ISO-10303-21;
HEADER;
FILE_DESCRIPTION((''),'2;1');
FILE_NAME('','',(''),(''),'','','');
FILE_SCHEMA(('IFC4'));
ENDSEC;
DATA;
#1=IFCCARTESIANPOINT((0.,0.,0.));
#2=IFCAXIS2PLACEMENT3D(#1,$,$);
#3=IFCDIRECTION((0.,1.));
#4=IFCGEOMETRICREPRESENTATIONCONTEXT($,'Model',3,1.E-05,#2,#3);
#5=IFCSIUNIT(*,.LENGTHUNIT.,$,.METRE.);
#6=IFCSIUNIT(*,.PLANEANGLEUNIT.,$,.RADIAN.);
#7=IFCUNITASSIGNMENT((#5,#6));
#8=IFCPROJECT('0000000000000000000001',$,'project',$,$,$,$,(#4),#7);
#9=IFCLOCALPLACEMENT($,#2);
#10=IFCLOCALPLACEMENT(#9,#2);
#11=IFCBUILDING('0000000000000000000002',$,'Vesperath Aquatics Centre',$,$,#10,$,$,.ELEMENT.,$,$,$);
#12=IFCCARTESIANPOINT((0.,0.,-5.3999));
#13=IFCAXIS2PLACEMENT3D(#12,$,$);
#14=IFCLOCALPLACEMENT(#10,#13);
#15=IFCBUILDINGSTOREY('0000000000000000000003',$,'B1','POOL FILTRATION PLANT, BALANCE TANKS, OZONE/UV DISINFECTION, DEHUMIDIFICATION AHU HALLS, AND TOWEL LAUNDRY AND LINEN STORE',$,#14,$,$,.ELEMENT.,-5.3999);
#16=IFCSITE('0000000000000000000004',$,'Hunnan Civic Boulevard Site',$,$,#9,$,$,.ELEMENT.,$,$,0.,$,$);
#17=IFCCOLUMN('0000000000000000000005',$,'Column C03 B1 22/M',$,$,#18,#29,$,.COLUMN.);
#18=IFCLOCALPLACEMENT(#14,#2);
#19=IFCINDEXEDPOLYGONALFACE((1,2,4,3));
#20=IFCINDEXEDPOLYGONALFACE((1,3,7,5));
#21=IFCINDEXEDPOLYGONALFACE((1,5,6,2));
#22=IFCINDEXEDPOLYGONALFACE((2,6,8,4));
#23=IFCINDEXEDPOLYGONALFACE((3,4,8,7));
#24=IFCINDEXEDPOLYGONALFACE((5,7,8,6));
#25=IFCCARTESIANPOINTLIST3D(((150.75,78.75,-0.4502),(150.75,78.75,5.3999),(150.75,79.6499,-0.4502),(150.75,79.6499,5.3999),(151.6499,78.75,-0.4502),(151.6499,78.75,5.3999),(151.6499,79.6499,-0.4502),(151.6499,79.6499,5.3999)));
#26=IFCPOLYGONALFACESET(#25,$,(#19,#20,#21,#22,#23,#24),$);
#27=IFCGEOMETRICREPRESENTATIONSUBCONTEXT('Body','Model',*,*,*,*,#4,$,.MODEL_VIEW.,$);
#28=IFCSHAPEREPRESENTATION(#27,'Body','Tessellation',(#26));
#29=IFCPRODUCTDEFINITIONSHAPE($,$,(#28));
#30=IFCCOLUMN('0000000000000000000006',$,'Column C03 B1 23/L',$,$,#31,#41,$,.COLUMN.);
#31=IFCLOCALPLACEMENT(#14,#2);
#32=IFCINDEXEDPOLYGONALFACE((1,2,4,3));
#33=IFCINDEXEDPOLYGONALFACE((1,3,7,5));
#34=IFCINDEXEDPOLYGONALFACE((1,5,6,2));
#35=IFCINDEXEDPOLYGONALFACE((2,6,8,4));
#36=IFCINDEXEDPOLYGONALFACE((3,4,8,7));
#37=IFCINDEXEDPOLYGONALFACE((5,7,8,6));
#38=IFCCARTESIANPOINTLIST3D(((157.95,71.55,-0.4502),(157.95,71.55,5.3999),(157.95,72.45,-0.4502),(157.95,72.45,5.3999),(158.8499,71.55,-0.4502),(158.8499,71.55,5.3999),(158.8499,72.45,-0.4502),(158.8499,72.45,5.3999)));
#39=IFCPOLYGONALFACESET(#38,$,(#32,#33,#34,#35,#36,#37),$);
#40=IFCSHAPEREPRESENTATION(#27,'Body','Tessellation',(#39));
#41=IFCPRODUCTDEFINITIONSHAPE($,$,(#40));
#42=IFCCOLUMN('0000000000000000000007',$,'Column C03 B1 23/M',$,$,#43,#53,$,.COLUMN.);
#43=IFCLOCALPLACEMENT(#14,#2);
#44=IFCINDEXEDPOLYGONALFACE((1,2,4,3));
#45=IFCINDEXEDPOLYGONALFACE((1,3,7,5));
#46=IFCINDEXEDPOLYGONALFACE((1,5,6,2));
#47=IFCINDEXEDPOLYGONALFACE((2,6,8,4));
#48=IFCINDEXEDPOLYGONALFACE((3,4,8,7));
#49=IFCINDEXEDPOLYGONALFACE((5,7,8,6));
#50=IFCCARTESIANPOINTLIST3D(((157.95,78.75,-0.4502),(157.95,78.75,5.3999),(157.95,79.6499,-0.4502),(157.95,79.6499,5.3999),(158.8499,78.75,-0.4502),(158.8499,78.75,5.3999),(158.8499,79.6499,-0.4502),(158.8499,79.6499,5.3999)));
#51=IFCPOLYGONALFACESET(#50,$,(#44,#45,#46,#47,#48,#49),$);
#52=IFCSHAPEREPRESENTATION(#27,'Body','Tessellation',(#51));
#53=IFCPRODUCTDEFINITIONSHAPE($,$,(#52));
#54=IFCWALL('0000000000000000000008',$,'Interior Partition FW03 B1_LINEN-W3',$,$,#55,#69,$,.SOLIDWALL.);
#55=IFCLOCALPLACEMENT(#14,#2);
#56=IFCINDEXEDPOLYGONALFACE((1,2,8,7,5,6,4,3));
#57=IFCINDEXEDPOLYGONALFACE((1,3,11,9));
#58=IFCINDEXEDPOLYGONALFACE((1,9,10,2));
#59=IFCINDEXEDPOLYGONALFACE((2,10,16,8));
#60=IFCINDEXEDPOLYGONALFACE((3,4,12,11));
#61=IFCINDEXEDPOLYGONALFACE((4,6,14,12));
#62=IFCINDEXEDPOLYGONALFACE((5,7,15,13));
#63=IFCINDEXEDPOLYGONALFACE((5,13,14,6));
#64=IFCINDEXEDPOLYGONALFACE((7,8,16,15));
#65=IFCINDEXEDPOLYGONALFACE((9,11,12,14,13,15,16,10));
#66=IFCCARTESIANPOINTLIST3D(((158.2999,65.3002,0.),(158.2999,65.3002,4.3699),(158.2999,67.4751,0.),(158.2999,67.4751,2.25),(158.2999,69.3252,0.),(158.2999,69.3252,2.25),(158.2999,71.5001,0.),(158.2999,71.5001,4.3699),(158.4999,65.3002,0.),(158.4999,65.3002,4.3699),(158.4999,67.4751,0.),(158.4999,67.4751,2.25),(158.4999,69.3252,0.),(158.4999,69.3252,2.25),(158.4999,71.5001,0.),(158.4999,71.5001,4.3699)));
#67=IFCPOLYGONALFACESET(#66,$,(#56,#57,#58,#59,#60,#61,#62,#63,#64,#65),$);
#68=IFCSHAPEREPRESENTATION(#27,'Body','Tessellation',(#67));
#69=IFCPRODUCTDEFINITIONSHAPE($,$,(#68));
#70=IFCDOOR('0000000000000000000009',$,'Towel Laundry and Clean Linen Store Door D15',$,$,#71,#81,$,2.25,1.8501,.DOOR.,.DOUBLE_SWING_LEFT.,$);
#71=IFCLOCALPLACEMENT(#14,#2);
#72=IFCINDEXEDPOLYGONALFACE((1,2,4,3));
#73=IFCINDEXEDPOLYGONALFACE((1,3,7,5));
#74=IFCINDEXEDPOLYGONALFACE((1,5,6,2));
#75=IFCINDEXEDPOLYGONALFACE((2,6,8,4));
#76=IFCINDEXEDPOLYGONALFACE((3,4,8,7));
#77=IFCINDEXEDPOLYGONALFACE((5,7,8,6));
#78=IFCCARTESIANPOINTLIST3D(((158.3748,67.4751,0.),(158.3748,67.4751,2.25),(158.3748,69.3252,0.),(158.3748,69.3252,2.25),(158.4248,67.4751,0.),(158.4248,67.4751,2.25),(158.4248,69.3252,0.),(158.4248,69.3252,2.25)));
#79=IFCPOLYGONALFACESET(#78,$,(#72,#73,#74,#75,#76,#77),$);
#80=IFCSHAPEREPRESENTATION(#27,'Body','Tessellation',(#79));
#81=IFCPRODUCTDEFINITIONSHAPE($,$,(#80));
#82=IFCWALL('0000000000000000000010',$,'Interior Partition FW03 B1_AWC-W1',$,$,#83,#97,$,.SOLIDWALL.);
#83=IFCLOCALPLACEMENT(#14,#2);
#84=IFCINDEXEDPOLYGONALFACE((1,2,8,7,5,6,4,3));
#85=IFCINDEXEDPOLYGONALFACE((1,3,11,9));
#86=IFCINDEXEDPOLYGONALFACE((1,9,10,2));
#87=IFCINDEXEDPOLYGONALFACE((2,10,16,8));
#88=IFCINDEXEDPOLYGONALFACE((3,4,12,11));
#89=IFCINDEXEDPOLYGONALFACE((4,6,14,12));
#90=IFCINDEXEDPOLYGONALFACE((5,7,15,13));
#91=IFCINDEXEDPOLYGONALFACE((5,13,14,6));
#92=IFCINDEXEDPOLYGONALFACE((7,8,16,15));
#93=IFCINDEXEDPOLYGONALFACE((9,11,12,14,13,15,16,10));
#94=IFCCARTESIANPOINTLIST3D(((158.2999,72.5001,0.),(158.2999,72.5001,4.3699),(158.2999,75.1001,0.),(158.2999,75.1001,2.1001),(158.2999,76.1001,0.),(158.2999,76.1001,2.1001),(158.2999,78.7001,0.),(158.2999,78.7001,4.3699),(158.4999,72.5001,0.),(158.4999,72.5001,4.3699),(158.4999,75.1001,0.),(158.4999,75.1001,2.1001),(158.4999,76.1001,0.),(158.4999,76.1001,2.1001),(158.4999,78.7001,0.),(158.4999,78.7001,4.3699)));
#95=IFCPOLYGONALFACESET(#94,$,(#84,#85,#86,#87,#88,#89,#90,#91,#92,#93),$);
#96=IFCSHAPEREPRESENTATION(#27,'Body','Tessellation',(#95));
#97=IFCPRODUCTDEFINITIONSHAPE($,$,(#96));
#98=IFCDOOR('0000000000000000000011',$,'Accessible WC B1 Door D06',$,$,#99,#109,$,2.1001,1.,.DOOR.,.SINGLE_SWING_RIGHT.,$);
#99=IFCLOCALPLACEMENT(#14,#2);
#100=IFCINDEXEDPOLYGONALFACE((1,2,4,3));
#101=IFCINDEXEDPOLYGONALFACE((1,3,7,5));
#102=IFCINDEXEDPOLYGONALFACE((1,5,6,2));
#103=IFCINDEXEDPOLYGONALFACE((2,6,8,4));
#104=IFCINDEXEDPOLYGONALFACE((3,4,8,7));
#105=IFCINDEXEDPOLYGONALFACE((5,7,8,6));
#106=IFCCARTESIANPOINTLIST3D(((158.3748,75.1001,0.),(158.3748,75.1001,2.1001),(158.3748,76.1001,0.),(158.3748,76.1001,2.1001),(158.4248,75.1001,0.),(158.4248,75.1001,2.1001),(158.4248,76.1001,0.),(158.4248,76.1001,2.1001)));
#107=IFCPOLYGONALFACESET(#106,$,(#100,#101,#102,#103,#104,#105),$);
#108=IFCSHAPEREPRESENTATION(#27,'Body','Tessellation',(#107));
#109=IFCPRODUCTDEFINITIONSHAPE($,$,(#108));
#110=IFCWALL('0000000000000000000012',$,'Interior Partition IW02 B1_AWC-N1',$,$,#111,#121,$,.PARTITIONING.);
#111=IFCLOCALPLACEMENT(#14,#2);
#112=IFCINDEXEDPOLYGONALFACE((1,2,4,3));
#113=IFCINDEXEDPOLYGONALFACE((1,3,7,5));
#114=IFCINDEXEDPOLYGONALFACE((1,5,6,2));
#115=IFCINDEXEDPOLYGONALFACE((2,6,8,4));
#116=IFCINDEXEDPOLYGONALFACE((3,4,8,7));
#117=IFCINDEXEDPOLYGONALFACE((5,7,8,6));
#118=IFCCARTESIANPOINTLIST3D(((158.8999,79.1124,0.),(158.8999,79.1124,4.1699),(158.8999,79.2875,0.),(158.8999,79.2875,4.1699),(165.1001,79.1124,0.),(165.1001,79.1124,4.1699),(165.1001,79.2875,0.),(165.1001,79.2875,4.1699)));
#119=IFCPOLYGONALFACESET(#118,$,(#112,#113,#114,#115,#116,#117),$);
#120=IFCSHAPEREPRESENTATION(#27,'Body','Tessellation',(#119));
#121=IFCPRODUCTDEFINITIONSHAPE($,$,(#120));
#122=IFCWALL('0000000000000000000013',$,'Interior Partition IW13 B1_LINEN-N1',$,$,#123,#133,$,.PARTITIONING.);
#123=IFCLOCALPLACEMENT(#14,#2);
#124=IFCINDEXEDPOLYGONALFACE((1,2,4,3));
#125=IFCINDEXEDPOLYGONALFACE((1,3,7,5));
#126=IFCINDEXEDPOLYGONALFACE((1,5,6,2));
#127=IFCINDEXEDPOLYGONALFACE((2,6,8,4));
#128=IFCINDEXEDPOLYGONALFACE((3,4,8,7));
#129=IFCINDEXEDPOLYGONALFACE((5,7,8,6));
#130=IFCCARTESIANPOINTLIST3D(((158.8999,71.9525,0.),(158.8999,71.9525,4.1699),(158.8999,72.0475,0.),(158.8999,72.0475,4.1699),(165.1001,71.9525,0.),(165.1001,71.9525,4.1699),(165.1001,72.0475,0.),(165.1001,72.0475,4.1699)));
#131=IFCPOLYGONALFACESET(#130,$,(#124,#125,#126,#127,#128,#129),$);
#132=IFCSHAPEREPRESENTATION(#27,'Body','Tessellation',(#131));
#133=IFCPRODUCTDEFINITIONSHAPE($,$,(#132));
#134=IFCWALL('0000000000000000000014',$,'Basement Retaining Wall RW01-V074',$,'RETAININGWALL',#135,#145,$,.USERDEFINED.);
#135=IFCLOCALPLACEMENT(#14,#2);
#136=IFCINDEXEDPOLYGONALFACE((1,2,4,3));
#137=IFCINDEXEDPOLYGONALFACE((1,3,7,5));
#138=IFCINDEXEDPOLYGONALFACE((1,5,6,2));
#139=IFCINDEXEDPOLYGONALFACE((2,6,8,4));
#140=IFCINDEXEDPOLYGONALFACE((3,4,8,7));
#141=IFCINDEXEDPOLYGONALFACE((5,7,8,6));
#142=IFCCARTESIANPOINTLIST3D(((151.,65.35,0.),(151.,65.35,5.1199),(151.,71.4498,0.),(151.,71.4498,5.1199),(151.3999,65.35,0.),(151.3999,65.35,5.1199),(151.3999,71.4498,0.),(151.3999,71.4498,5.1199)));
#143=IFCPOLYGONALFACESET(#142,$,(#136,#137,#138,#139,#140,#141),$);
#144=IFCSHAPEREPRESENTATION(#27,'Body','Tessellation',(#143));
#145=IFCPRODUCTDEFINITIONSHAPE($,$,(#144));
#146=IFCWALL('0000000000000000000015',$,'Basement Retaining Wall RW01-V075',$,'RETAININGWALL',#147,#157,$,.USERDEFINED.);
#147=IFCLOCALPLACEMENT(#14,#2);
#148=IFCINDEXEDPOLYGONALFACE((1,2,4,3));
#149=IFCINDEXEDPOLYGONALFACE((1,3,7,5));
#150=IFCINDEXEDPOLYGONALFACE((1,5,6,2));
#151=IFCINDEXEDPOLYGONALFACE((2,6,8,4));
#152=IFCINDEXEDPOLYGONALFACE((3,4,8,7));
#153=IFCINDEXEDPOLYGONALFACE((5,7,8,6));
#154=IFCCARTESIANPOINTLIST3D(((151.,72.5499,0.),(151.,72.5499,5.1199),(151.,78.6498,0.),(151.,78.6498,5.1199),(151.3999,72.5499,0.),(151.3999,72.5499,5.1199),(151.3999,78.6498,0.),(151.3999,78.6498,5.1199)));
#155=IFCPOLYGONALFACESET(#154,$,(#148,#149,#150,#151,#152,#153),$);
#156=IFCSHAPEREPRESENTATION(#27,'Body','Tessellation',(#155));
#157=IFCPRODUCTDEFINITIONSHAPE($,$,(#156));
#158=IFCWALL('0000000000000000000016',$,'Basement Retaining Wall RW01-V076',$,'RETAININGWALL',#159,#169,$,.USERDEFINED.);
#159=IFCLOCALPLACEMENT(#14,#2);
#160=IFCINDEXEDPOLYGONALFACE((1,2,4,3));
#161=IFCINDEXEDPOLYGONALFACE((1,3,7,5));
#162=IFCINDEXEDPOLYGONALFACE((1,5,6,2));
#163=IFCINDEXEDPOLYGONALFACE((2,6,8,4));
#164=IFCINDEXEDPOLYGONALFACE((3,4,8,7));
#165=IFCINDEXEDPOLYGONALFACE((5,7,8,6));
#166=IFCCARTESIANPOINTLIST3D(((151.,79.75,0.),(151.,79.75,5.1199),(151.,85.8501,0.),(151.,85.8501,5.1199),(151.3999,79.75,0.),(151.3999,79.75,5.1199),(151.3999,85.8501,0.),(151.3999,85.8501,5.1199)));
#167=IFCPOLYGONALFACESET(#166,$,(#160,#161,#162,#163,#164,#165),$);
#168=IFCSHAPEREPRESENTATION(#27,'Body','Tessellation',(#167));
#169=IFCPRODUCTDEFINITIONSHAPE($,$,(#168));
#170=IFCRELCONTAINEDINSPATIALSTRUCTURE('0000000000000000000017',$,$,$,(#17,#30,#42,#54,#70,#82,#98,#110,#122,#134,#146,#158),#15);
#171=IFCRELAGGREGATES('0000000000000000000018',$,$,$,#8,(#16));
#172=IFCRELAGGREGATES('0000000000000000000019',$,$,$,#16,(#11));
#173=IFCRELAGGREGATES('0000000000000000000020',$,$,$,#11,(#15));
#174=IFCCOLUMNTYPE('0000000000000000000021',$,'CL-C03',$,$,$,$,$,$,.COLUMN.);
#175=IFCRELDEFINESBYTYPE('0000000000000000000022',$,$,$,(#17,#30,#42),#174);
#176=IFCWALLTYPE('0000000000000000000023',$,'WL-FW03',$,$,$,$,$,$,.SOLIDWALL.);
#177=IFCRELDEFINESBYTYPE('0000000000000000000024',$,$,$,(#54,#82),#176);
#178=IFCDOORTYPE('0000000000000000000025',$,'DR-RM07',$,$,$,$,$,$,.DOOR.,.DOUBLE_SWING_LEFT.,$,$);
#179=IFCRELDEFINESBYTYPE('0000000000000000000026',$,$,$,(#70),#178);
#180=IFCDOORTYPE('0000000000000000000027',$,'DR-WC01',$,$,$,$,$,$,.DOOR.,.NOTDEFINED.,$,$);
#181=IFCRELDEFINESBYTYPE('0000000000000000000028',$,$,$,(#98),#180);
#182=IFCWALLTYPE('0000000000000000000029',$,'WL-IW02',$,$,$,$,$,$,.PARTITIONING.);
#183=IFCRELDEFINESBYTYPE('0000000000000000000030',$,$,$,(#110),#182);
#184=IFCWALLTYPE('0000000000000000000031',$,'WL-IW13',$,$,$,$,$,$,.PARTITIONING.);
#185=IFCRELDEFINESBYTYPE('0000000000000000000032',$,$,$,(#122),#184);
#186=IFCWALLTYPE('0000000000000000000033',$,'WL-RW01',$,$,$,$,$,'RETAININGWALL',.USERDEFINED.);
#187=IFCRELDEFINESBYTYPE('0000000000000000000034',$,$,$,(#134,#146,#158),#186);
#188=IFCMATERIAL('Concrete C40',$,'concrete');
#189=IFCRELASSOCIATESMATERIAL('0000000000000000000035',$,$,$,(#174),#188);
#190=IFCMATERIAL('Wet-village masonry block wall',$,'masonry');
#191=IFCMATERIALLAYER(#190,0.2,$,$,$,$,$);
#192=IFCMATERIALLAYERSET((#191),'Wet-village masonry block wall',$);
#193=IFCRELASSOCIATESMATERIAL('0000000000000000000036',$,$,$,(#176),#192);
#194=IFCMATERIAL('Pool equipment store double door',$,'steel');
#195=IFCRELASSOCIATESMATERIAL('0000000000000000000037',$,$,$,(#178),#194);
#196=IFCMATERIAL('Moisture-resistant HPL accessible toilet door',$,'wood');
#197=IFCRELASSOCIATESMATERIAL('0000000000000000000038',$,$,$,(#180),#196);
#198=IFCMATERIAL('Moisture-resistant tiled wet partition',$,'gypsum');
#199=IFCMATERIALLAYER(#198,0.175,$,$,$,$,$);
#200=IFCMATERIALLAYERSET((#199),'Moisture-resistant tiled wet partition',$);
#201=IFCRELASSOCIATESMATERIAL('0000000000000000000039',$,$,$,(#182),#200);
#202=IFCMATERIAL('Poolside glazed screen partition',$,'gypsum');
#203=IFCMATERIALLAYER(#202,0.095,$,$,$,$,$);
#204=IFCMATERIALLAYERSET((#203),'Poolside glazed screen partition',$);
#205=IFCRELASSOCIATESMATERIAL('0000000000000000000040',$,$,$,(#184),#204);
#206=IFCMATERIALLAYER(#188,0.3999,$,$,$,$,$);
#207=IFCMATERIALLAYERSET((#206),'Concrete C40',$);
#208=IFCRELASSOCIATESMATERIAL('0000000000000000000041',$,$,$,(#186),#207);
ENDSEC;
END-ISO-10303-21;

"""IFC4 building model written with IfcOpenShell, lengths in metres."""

from ifc_helpers import new_model, si_unit, direction, frame, frame_2d, origin, origin_2d, place, context, subcontext, project, spatial, rectangle, extrude, material, layer, layer_set, material_profile, profile_set, type_object, element, fill, save


model = new_model("IFC4")

# Units and contexts
model_context = context("Model", 3, precision=1e-05, world=origin(), true_north=direction((0.0, 1.0)))
body_context = subcontext(model_context, "Body", "Model", "MODEL_VIEW")
ifc_project = project(units=[si_unit("LENGTHUNIT", "METRE"), si_unit("PLANEANGLEUNIT", "RADIAN")], contexts=[model_context])

# Site, building, storey
site_placement = place(None, origin())
site = spatial("IfcSite", under=ifc_project, at=site_placement, Name="Hunnan Civic Boulevard Site", CompositionType="ELEMENT", RefElevation=0.0)
building_placement = place(site_placement, origin())
building = spatial("IfcBuilding", under=site, at=building_placement, Name="Vesperath Aquatics Centre", CompositionType="ELEMENT")
storey_placement = place(building_placement, frame((0.0, 0.0, -5.3999)))
storey = spatial("IfcBuildingStorey", under=building, at=storey_placement, Name="B1", Description="POOL FILTRATION PLANT, BALANCE TANKS, OZONE/UV DISINFECTION, DEHUMIDIFICATION AHU HALLS, AND TOWEL LAUNDRY AND LINEN STORE", CompositionType="ELEMENT", Elevation=-5.3999)

# Shared definitions
ifc_material_1 = material(Name="Concrete C40", Category="concrete")

# Columns
ifc_material_profile_1 = material_profile(ifc_material_1, rectangle(XDim=0.8999, YDim=0.8999, at=origin_2d()), Name="RC 900x900")
ifc_profile_set_1 = profile_set([ifc_material_profile_1], Name="Concrete C40")
column_type = type_object("IfcColumnType", Name="CL-C03", PredefinedType="COLUMN", material=ifc_profile_set_1)
for number, where, z_axis, x_axis, name in (
    (1, (151.2, 79.2, -0.4502), (0.0, 0.0, 1.0), (1.0, 0.0, 0.0), "Column C03 B1 22/M"),
    (2, (158.3999, 72.0, -0.4502), (0.0, 0.0, 1.0), (1.0, 0.0, 0.0), "Column C03 B1 23/L"),
    (3, (158.3999, 79.2, -0.4502), (0.0, 0.0, 1.0), (1.0, 0.0, 0.0), "Column C03 B1 23/M"),
):
    element("IfcColumn", number, at=place(storey_placement, frame(where, z_axis=z_axis, x_axis=x_axis)), inside=storey, type_object=column_type, Name=name, PredefinedType="COLUMN", context=body_context, shape_type="SweptSolid", body=[
        extrude(rectangle(XDim=0.8999, YDim=0.8999, at=origin_2d()), origin(), (0.0, 0.0, 1.0), 5.8501),
    ])

# Walls, openings, doors
ifc_material_2 = material(Name="Wet-village masonry block wall", Category="masonry")
ifc_layer_1 = layer(ifc_material_2, 0.2)
ifc_layer_set_1 = layer_set([ifc_layer_1], Name="Wet-village masonry block wall")
wall_type_1 = type_object("IfcWallType", Name="WL-FW03", PredefinedType="SOLIDWALL", material=ifc_layer_set_1)
wall_1_placement = place(storey_placement, frame((158.3999, 65.3, 0.0), z_axis=(0.0, 0.0, 1.0), x_axis=(0.0, 1.0, 0.0)))
wall_1 = element("IfcWall", 4, at=wall_1_placement, inside=storey, type_object=wall_type_1, Name="Interior Partition FW03 B1_LINEN-W3", PredefinedType="SOLIDWALL", context=body_context, shape_type="SweptSolid", body=[
    extrude(rectangle(XDim=6.2, YDim=0.2, at=frame_2d((3.1001, 0.0))), origin(), (0.0, 0.0, 1.0), 4.3699),
])
opening_1_placement = place(wall_1_placement, frame((2.175, 0.0, 0.0)))
opening_1 = element("IfcOpeningElement", 5, at=opening_1_placement, cuts=wall_1, PredefinedType="OPENING", context=body_context, shape_type="SweptSolid", body=[
    extrude(rectangle(XDim=1.8501, YDim=2.25, at=frame_2d((0.925, 1.125))), frame((0.0, 0.1147, 0.0), z_axis=(0.0, -1.0, 0.0), x_axis=(1.0, 0.0, 0.0)), (0.0, 0.0, 1.0), 0.2297),
])
ifc_material_3 = material(Name="Pool equipment store double door", Category="steel")
door_type_1 = type_object("IfcDoorType", Name="DR-RM07", OperationType="DOUBLE_SWING_LEFT", PredefinedType="DOOR", material=ifc_material_3)
door_1_placement = place(opening_1_placement, frame((1.8501, 0.0, 0.0), z_axis=(0.0, 0.0, 1.0), x_axis=(-1.0, 0.0, 0.0)))
door_1 = element("IfcDoor", 6, at=door_1_placement, inside=storey, type_object=door_type_1, Name="Towel Laundry and Clean Linen Store Door D15", OperationType="DOUBLE_SWING_LEFT", OverallHeight=2.25, OverallWidth=1.8501, PredefinedType="DOOR", context=body_context, shape_type="SweptSolid", body=[
    extrude(rectangle(XDim=1.8501, YDim=2.25, at=frame_2d((0.925, 1.125))), frame((0.0, 0.0249, 0.0), z_axis=(0.0, -1.0, 0.0), x_axis=(1.0, 0.0, 0.0)), (0.0, 0.0, 1.0), 0.05),
])
fill(opening_1, door_1)
wall_2_placement = place(storey_placement, frame((158.3999, 72.5, 0.0), z_axis=(0.0, 0.0, 1.0), x_axis=(0.0, 1.0, 0.0)))
wall_2 = element("IfcWall", 7, at=wall_2_placement, inside=storey, type_object=wall_type_1, Name="Interior Partition FW03 B1_AWC-W1", PredefinedType="SOLIDWALL", context=body_context, shape_type="SweptSolid", body=[
    extrude(rectangle(XDim=6.2, YDim=0.2, at=frame_2d((3.1001, 0.0))), origin(), (0.0, 0.0, 1.0), 4.3699),
])
opening_2_placement = place(wall_2_placement, frame((2.6001, 0.0, 0.0)))
opening_2 = element("IfcOpeningElement", 8, at=opening_2_placement, cuts=wall_2, PredefinedType="OPENING", context=body_context, shape_type="SweptSolid", body=[
    extrude(rectangle(XDim=1.0, YDim=2.1001, at=frame_2d((0.5, 1.05))), frame((0.0, 0.1147, 0.0), z_axis=(0.0, -1.0, 0.0), x_axis=(1.0, 0.0, 0.0)), (0.0, 0.0, 1.0), 0.2297),
])
ifc_material_4 = material(Name="Moisture-resistant HPL accessible toilet door", Category="wood")
door_type_2 = type_object("IfcDoorType", Name="DR-WC01", OperationType="NOTDEFINED", PredefinedType="DOOR", material=ifc_material_4)
door_2_placement = place(opening_2_placement, frame((1.0, 0.0, 0.0), z_axis=(0.0, 0.0, 1.0), x_axis=(-1.0, 0.0, 0.0)))
door_2 = element("IfcDoor", 9, at=door_2_placement, inside=storey, type_object=door_type_2, Name="Accessible WC B1 Door D06", OperationType="SINGLE_SWING_RIGHT", OverallHeight=2.1001, OverallWidth=1.0, PredefinedType="DOOR", context=body_context, shape_type="SweptSolid", body=[
    extrude(rectangle(XDim=1.0, YDim=2.1001, at=frame_2d((0.5, 1.05))), frame((0.0, 0.0249, 0.0), z_axis=(0.0, -1.0, 0.0), x_axis=(1.0, 0.0, 0.0)), (0.0, 0.0, 1.0), 0.05),
])
fill(opening_2, door_2)

# Walls
ifc_material_5 = material(Name="Moisture-resistant tiled wet partition", Category="gypsum")
ifc_layer_2 = layer(ifc_material_5, 0.175)
ifc_layer_set_2 = layer_set([ifc_layer_2], Name="Moisture-resistant tiled wet partition")
wall_type_2 = type_object("IfcWallType", Name="WL-IW02", PredefinedType="PARTITIONING", material=ifc_layer_set_2)
wall_3_placement = place(storey_placement, frame((158.8999, 79.2, 0.0), z_axis=(0.0, 0.0, 1.0), x_axis=(1.0, 0.0, 0.0)))
element("IfcWall", 10, at=wall_3_placement, inside=storey, type_object=wall_type_2, Name="Interior Partition IW02 B1_AWC-N1", PredefinedType="PARTITIONING", context=body_context, shape_type="SweptSolid", body=[
    extrude(rectangle(XDim=6.2002, YDim=0.175, at=frame_2d((3.1001, 0.0))), origin(), (0.0, 0.0, 1.0), 4.1699),
])
ifc_material_6 = material(Name="Poolside glazed screen partition", Category="gypsum")
ifc_layer_3 = layer(ifc_material_6, 0.095)
ifc_layer_set_3 = layer_set([ifc_layer_3], Name="Poolside glazed screen partition")
wall_type_3 = type_object("IfcWallType", Name="WL-IW13", PredefinedType="PARTITIONING", material=ifc_layer_set_3)
wall_4_placement = place(storey_placement, frame((158.8999, 72.0, 0.0), z_axis=(0.0, 0.0, 1.0), x_axis=(1.0, 0.0, 0.0)))
element("IfcWall", 11, at=wall_4_placement, inside=storey, type_object=wall_type_3, Name="Interior Partition IW13 B1_LINEN-N1", PredefinedType="PARTITIONING", context=body_context, shape_type="SweptSolid", body=[
    extrude(rectangle(XDim=6.2002, YDim=0.095, at=frame_2d((3.1001, 0.0))), origin(), (0.0, 0.0, 1.0), 4.1699),
])
ifc_layer_4 = layer(ifc_material_1, 0.3999)
ifc_layer_set_4 = layer_set([ifc_layer_4], Name="Concrete C40")
wall_type_4 = type_object("IfcWallType", Name="WL-RW01", ElementType="RETAININGWALL", PredefinedType="USERDEFINED", material=ifc_layer_set_4)
for number, where, z_axis, x_axis, name in (
    (12, (151.2, 65.3501, 0.0), (0.0, 0.0, 1.0), (0.0, 1.0, 0.0), "Basement Retaining Wall RW01-V074"),
    (13, (151.2, 72.55, 0.0), (0.0, 0.0, 1.0), (0.0, 1.0, 0.0), "Basement Retaining Wall RW01-V075"),
):
    element("IfcWall", number, at=place(storey_placement, frame(where, z_axis=z_axis, x_axis=x_axis)), inside=storey, type_object=wall_type_4, Name=name, ObjectType="RETAININGWALL", PredefinedType="USERDEFINED", context=body_context, shape_type="SweptSolid", body=[
        extrude(rectangle(XDim=6.0999, YDim=0.3999, at=frame_2d((3.0498, 0.0))), origin(), (0.0, 0.0, 1.0), 5.1199),
    ])
wall_5_placement = place(storey_placement, frame((151.2, 79.75, 0.0), z_axis=(0.0, 0.0, 1.0), x_axis=(0.0, 1.0, 0.0)))
element("IfcWall", 14, at=wall_5_placement, inside=storey, type_object=wall_type_4, Name="Basement Retaining Wall RW01-V076", ObjectType="RETAININGWALL", PredefinedType="USERDEFINED", context=body_context, shape_type="SweptSolid", body=[
    extrude(rectangle(XDim=6.1001, YDim=0.3999, at=frame_2d((3.05, 0.0))), origin(), (0.0, 0.0, 1.0), 5.1199),
])

save(model, "model.ifc")
